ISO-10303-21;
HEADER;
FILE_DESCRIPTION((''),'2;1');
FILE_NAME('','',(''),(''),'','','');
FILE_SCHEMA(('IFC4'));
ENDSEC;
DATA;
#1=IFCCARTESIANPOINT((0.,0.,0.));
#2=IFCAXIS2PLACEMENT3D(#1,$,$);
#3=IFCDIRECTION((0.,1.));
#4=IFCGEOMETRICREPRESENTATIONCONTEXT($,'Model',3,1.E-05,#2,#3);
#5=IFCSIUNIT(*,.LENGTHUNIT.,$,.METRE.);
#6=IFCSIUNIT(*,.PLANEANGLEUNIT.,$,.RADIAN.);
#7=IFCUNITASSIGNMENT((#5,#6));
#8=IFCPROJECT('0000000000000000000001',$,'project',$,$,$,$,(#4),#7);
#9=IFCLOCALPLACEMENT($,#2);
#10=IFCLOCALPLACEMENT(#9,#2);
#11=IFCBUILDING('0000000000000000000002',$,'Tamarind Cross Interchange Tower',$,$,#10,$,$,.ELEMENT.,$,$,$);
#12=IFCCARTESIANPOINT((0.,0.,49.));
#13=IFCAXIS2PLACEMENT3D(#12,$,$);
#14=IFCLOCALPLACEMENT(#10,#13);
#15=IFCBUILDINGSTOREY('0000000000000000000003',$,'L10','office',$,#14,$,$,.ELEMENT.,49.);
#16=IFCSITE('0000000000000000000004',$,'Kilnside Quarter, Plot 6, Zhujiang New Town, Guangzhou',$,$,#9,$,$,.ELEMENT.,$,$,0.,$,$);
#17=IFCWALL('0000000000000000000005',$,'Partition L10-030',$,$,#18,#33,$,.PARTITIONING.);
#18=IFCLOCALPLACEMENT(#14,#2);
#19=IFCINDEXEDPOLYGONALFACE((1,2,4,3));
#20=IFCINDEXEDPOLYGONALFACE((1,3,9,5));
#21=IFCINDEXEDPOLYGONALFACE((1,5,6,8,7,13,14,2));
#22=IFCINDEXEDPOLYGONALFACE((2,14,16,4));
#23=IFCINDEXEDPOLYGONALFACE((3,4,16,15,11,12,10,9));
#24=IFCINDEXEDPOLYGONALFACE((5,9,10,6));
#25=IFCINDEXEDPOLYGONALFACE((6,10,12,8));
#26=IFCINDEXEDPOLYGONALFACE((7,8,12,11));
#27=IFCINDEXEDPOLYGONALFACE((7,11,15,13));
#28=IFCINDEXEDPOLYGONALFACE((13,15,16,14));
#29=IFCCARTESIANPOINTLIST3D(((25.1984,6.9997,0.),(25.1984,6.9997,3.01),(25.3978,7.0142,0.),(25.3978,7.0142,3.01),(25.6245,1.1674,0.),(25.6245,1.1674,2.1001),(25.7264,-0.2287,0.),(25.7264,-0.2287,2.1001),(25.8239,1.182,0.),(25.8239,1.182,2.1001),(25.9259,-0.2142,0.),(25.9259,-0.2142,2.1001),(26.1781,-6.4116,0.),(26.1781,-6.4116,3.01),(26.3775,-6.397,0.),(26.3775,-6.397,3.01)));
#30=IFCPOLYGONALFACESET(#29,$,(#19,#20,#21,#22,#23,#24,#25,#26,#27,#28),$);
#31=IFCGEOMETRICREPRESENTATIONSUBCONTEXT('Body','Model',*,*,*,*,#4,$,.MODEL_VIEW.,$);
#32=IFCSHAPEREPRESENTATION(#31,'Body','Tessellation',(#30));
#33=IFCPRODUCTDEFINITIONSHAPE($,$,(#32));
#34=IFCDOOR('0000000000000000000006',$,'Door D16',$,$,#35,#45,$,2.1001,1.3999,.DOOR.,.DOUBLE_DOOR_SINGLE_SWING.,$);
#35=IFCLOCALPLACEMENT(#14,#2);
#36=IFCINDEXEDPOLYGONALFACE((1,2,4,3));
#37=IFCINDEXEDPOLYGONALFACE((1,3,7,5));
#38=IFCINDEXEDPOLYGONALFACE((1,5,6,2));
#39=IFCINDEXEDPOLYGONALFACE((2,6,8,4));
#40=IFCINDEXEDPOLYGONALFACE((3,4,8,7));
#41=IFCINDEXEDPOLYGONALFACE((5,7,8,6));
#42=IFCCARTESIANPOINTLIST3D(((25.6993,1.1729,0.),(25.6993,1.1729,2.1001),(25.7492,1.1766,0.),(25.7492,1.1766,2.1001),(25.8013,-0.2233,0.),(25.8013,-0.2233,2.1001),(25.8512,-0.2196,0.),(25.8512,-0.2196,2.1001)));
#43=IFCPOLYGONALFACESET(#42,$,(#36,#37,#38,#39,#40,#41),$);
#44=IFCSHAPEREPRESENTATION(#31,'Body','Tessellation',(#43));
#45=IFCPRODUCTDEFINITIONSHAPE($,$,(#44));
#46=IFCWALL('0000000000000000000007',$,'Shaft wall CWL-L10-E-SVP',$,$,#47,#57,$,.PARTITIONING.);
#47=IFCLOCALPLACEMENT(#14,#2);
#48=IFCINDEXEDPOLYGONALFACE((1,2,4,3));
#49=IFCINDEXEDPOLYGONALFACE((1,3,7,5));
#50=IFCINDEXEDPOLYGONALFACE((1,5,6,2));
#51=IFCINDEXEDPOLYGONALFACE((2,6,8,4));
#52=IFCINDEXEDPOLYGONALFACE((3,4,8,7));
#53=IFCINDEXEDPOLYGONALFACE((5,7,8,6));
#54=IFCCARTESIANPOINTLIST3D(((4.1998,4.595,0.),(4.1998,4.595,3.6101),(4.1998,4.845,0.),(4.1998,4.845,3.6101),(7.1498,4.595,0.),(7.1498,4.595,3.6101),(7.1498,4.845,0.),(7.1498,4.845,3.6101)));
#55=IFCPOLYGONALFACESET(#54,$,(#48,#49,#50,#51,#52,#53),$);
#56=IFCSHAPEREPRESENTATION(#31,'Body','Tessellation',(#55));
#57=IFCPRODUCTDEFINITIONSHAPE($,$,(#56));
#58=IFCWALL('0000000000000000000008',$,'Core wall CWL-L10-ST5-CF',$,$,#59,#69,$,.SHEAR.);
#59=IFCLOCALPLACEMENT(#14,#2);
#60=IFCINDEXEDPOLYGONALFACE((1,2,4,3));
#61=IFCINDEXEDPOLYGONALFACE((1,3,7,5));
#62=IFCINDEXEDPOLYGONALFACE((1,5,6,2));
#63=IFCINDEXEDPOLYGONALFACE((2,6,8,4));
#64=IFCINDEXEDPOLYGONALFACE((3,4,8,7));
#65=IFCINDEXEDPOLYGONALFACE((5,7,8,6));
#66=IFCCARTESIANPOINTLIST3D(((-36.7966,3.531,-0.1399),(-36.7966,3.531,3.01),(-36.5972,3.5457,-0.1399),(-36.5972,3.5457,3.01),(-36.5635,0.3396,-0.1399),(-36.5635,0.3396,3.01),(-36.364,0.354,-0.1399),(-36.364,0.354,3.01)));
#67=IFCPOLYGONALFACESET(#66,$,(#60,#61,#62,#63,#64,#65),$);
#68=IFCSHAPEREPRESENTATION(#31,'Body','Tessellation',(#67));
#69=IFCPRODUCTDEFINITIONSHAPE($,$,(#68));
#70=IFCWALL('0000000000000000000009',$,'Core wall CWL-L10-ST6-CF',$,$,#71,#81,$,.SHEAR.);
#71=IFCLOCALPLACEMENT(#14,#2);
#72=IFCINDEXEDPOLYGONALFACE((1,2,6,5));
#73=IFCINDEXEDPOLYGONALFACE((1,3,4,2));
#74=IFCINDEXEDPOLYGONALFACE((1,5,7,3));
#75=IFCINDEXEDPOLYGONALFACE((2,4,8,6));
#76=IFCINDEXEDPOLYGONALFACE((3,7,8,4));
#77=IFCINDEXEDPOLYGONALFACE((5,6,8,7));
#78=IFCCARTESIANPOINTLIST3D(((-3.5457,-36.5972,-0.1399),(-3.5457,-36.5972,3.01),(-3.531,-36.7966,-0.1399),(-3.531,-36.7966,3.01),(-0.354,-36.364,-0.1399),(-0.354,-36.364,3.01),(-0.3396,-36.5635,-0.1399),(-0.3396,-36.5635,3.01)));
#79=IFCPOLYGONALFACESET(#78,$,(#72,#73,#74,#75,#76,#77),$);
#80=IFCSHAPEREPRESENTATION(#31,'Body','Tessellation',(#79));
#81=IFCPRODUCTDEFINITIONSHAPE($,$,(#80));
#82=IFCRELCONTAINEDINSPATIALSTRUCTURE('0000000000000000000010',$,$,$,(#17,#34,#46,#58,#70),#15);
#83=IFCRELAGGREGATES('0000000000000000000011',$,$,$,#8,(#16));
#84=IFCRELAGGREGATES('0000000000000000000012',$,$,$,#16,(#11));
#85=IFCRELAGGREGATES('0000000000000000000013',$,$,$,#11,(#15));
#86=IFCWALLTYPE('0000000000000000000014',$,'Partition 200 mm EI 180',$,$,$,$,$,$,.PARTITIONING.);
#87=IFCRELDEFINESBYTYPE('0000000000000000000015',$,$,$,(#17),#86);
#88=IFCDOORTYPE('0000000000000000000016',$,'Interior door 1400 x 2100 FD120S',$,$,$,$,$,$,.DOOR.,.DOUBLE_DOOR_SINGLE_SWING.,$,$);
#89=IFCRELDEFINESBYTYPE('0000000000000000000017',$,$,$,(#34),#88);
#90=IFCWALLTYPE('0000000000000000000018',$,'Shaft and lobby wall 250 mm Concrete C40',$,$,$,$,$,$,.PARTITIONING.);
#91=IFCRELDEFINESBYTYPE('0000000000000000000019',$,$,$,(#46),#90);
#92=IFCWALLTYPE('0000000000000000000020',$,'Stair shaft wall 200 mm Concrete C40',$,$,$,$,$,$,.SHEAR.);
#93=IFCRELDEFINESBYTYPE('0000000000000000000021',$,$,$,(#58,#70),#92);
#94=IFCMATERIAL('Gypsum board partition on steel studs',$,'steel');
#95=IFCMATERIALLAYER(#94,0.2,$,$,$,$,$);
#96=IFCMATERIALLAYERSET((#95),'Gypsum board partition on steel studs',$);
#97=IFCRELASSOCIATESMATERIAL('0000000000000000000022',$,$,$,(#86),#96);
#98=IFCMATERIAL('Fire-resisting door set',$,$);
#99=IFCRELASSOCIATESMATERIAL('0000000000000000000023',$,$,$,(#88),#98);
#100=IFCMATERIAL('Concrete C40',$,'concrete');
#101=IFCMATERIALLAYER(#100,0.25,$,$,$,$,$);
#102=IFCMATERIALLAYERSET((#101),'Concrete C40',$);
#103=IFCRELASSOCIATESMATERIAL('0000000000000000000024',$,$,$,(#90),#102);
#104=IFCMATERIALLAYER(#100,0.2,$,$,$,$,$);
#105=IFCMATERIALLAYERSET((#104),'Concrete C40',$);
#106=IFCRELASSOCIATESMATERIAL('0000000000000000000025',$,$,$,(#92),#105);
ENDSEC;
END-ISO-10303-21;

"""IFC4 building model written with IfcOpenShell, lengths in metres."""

from ifc_helpers import new_model, si_unit, direction, frame, frame_2d, origin, place, context, subcontext, project, spatial, polyline, rectangle, outline, extrude, material, layer, layer_set, type_object, element, fill, save


model = new_model("IFC4")

# Units and contexts
model_context = context("Model", 3, precision=1e-05, world=origin(), true_north=direction((0.0, 1.0)))
body_context = subcontext(model_context, "Body", "Model", "MODEL_VIEW")
ifc_project = project(units=[si_unit("LENGTHUNIT", "METRE"), si_unit("PLANEANGLEUNIT", "RADIAN")], contexts=[model_context])

# Site, building, storey
site_placement = place(None, origin())
site = spatial("IfcSite", under=ifc_project, at=site_placement, Name="Kilnside Quarter, Plot 6, Zhujiang New Town, Guangzhou", CompositionType="ELEMENT", RefElevation=0.0)
building_placement = place(site_placement, origin())
building = spatial("IfcBuilding", under=site, at=building_placement, Name="Tamarind Cross Interchange Tower", CompositionType="ELEMENT")
storey_placement = place(building_placement, frame((0.0, 0.0, 49.0)))
storey = spatial("IfcBuildingStorey", under=building, at=storey_placement, Name="L10", Description="office", CompositionType="ELEMENT", Elevation=49.0)

# Shared definitions
ifc_material_1 = material(Name="Concrete C40", Category="concrete")

# Shared definitions
ifc_material_2 = material(Name="Gypsum board partition on steel studs", Category="steel")

# Shared definitions
ifc_material_3 = material(Name="Fire-resisting door set")

# Wall, opening, door
ifc_layer_1 = layer(ifc_material_2, 0.2)
ifc_layer_set_1 = layer_set([ifc_layer_1], Name="Gypsum board partition on steel studs")
wall_type_1 = type_object("IfcWallType", Name="Partition 200 mm EI 180", PredefinedType="PARTITIONING", material=ifc_layer_set_1)
wall_1_placement = place(storey_placement, frame((25.2981, 7.0071, 0.0), z_axis=(0.0, 0.0, 1.0), x_axis=(0.072858, -0.997342, 0.0)))
wall_1 = element("IfcWall", 1, at=wall_1_placement, inside=storey, type_object=wall_type_1, Name="Partition L10-030", PredefinedType="PARTITIONING", context=body_context, shape_type="SweptSolid", body=[
    extrude(rectangle(XDim=13.447, YDim=0.2, at=frame_2d((6.7236, 0.0))), origin(), (0.0, 0.0, 1.0), 3.01),
])
opening_1_placement = place(wall_1_placement, frame((5.8479, 0.0, 0.0)))
opening_1 = element("IfcOpeningElement", 2, at=opening_1_placement, cuts=wall_1, PredefinedType="OPENING", context=body_context, shape_type="SweptSolid", body=[
    extrude(rectangle(XDim=1.3999, YDim=2.1001, at=frame_2d((0.7, 1.05))), frame((0.0, 0.1099, 0.0), z_axis=(0.0, -1.0, 0.0), x_axis=(1.0, 0.0, 0.0)), (0.0, 0.0, 1.0), 0.22),
])
door_type_1 = type_object("IfcDoorType", Name="Interior door 1400 x 2100 FD120S", OperationType="DOUBLE_DOOR_SINGLE_SWING", PredefinedType="DOOR", material=ifc_material_3)
door_1_placement = place(opening_1_placement, frame((1.3999, 0.0, 0.0), z_axis=(0.0, 0.0, 1.0), x_axis=(-1.0, 0.0, 0.0)))
door_1 = element("IfcDoor", 3, at=door_1_placement, inside=storey, type_object=door_type_1, Name="Door D16", OperationType="DOUBLE_DOOR_SINGLE_SWING", OverallHeight=2.1001, OverallWidth=1.3999, PredefinedType="DOOR", context=body_context, shape_type="SweptSolid", body=[
    extrude(rectangle(XDim=1.3999, YDim=2.1001, at=frame_2d((0.7, 1.05))), frame((0.0, 0.0249, 0.0), z_axis=(0.0, -1.0, 0.0), x_axis=(1.0, 0.0, 0.0)), (0.0, 0.0, 1.0), 0.05),
])
fill(opening_1, door_1)

# Walls
ifc_layer_2 = layer(ifc_material_1, 0.25)
ifc_layer_set_2 = layer_set([ifc_layer_2], Name="Concrete C40")
wall_type_2 = type_object("IfcWallType", Name="Shaft and lobby wall 250 mm Concrete C40", PredefinedType="PARTITIONING", material=ifc_layer_set_2)
wall_2_placement = place(storey_placement, frame((7.1499, 4.72, 0.0), z_axis=(0.0, 0.0, 1.0), x_axis=(-1.0, 0.0, 0.0)))
element("IfcWall", 4, at=wall_2_placement, inside=storey, type_object=wall_type_2, Name="Shaft wall CWL-L10-E-SVP", PredefinedType="PARTITIONING", context=body_context, shape_type="SweptSolid", body=[
    extrude(rectangle(XDim=2.95, YDim=0.25, at=frame_2d((1.4751, 0.0))), origin(), (0.0, 0.0, 1.0), 3.6101),
])
ifc_layer_3 = layer(ifc_material_1, 0.2)
ifc_layer_set_3 = layer_set([ifc_layer_3], Name="Concrete C40")
wall_type_3 = type_object("IfcWallType", Name="Stair shaft wall 200 mm Concrete C40", PredefinedType="SHEAR", material=ifc_layer_set_3)
wall_3_placement = place(storey_placement, frame((0.0, 0.0, -0.1399)))
element("IfcWall", 5, at=wall_3_placement, inside=storey, type_object=wall_type_3, Name="Core wall CWL-L10-ST5-CF", PredefinedType="SHEAR", context=body_context, shape_type="SweptSolid", body=[
    extrude(outline(polyline([(-36.5972, 3.5457), (-36.7966, 3.531), (-36.5635, 0.3396), (-36.364, 0.354), (-36.5972, 3.5457)])), origin(), (0.0, 0.0, 1.0), 3.1499),
])
wall_4_placement = place(storey_placement, frame((0.0, 0.0, -0.1399)))
element("IfcWall", 6, at=wall_4_placement, inside=storey, type_object=wall_type_3, Name="Core wall CWL-L10-ST6-CF", PredefinedType="SHEAR", context=body_context, shape_type="SweptSolid", body=[
    extrude(outline(polyline([(-3.5457, -36.5972), (-3.531, -36.7966), (-0.3396, -36.5635), (-0.354, -36.364), (-3.5457, -36.5972)])), origin(), (0.0, 0.0, 1.0), 3.1499),
])

save(model, "model.ifc")
